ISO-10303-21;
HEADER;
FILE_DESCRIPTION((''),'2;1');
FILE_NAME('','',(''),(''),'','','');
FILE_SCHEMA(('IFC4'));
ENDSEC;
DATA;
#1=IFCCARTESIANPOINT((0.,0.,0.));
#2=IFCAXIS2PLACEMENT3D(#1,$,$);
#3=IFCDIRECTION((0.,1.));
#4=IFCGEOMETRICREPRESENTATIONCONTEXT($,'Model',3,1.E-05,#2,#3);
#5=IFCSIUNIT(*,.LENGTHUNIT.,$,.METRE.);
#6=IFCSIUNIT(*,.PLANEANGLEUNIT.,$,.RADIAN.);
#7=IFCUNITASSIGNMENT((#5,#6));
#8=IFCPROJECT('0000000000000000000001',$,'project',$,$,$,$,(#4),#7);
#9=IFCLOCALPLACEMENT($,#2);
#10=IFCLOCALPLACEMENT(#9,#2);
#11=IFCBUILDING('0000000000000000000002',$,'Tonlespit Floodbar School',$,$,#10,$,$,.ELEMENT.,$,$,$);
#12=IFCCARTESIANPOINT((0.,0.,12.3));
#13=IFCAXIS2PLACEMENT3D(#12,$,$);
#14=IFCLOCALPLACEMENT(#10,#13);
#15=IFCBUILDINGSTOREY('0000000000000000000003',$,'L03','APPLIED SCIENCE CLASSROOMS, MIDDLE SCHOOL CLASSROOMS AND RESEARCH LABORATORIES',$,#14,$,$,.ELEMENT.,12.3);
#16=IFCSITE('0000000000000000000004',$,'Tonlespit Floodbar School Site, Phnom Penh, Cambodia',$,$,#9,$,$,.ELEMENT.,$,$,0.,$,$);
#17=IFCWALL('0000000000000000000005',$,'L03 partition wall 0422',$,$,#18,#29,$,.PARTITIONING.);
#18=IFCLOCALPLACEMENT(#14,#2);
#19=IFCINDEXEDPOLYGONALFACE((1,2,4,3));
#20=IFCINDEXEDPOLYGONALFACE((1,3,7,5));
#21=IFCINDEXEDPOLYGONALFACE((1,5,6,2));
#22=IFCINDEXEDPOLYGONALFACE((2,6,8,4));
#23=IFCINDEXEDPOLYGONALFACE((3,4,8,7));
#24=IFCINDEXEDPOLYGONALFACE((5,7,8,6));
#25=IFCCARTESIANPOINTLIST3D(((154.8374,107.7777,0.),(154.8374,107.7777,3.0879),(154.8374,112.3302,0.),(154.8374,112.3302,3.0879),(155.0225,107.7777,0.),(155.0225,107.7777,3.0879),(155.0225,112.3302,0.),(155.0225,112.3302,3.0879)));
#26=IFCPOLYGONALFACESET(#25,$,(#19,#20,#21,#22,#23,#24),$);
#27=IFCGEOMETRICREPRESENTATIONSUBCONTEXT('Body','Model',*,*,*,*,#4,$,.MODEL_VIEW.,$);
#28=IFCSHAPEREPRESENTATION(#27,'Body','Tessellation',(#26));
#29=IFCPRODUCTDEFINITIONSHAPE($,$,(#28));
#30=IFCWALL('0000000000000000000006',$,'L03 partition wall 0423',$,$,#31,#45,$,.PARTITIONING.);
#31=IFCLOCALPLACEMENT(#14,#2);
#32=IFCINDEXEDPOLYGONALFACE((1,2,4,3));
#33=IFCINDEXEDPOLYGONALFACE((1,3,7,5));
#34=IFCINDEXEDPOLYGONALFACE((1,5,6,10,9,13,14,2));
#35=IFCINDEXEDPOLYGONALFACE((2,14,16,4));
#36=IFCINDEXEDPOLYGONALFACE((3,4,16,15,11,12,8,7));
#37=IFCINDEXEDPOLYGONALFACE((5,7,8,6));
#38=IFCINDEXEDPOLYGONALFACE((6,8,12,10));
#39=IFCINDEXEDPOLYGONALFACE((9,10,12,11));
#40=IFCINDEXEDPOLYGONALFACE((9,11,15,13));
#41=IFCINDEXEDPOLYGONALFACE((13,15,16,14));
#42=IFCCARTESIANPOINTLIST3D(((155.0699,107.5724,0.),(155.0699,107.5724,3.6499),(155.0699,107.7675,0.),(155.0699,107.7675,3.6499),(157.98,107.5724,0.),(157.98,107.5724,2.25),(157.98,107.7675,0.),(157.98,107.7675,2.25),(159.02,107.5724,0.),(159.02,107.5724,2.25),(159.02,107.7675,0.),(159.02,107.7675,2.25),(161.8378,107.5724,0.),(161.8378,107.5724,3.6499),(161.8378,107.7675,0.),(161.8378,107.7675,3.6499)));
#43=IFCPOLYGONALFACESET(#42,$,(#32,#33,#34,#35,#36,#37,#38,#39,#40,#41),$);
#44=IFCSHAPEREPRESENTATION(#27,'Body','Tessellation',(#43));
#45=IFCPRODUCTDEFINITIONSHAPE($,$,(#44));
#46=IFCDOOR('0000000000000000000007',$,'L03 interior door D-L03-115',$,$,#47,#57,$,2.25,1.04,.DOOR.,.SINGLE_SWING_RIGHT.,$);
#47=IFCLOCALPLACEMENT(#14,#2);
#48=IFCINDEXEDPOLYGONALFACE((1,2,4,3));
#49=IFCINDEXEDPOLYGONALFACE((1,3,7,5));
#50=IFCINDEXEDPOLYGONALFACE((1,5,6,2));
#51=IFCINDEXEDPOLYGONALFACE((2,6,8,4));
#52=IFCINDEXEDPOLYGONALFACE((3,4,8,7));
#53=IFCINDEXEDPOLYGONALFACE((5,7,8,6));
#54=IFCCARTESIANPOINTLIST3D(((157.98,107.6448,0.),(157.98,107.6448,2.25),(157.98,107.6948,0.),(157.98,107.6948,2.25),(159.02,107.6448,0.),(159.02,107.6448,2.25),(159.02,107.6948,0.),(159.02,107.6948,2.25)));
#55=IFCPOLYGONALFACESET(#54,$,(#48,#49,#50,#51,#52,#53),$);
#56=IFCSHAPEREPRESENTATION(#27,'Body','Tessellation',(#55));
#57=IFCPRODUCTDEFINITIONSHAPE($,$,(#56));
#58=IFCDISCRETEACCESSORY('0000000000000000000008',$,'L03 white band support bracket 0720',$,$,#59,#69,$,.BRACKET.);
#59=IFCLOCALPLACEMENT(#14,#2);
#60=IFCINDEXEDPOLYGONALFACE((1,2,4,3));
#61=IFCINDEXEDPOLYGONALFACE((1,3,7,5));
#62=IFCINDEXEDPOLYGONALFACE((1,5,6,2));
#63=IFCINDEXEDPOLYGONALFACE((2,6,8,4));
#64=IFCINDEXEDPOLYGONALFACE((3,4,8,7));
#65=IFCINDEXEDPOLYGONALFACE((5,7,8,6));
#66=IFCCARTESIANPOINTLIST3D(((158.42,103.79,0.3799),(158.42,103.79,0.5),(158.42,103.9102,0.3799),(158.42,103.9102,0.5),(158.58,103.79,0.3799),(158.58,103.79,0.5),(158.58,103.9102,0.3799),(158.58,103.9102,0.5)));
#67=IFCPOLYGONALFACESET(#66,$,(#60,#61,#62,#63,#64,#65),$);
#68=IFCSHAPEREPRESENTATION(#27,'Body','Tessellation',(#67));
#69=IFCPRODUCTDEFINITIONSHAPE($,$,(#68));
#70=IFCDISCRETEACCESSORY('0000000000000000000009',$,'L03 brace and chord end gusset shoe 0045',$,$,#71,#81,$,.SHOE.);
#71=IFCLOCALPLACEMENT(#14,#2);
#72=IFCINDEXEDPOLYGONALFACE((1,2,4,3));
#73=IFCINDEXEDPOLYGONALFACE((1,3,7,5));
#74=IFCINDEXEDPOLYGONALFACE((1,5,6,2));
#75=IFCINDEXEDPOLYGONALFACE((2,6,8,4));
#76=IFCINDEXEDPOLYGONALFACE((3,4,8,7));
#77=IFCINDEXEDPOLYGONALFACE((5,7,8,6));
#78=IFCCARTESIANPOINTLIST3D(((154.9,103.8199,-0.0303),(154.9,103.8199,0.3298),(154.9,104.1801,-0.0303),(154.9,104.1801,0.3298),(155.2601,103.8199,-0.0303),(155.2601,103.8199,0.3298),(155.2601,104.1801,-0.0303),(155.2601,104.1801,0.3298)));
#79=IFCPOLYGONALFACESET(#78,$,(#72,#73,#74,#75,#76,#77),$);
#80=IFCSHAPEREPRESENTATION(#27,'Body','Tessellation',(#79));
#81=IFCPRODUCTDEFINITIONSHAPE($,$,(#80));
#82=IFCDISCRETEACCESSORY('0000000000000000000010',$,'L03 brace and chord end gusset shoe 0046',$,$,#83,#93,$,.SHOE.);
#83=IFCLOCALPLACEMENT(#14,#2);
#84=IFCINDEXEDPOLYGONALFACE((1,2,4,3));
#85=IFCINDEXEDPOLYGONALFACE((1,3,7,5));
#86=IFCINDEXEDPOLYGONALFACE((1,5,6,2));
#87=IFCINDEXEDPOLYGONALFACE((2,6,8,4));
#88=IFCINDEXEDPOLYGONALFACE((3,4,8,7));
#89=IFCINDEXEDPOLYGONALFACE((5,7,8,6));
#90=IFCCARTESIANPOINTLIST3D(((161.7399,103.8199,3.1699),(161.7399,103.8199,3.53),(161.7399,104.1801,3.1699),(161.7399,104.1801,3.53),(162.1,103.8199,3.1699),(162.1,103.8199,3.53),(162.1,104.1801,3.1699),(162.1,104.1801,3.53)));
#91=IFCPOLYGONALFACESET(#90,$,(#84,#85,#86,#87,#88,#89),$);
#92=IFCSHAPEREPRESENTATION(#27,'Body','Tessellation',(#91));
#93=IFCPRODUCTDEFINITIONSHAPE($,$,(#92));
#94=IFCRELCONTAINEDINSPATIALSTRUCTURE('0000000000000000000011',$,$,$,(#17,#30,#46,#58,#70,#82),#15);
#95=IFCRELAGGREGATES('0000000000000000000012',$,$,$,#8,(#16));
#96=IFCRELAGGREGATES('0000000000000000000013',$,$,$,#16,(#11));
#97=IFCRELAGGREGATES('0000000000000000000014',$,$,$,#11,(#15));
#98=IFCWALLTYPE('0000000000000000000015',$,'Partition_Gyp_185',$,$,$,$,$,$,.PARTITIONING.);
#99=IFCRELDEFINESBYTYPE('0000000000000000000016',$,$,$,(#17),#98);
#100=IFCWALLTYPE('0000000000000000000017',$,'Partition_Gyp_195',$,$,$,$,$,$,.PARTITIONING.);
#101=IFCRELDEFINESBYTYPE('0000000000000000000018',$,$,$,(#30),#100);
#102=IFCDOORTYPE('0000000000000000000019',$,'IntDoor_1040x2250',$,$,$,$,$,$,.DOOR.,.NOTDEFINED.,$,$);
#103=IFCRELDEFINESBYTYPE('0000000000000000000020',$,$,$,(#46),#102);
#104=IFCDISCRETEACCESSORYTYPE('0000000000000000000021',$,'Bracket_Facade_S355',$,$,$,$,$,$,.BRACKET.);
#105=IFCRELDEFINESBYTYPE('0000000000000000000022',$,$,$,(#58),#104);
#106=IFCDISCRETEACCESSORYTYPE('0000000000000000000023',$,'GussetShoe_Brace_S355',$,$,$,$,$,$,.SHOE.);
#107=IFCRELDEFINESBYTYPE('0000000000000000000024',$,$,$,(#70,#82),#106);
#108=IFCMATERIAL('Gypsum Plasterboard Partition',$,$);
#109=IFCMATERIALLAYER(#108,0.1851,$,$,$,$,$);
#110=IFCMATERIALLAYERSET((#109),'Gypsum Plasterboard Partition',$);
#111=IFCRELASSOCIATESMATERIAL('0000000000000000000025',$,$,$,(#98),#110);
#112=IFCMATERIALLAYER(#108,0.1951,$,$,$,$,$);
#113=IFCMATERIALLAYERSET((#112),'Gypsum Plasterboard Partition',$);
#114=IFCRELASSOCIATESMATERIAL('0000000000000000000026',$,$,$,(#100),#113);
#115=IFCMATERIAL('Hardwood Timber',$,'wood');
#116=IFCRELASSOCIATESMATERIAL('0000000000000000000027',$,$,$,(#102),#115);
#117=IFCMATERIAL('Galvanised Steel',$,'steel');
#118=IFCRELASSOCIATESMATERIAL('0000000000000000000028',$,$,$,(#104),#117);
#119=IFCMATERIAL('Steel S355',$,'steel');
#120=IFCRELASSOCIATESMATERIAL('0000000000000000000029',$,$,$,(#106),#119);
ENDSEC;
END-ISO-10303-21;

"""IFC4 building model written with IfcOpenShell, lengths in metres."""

from ifc_helpers import new_model, si_unit, direction, frame, frame_2d, origin, origin_2d, place, context, subcontext, project, spatial, rectangle, extrude, material, layer, layer_set, type_object, element, fill, save


model = new_model("IFC4")

# Units and contexts
model_context = context("Model", 3, precision=1e-05, world=origin(), true_north=direction((0.0, 1.0)))
body_context = subcontext(model_context, "Body", "Model", "MODEL_VIEW")
ifc_project = project(units=[si_unit("LENGTHUNIT", "METRE"), si_unit("PLANEANGLEUNIT", "RADIAN")], contexts=[model_context])

# Site, building, storey
site_placement = place(None, origin())
site = spatial("IfcSite", under=ifc_project, at=site_placement, Name="Tonlespit Floodbar School Site, Phnom Penh, Cambodia", CompositionType="ELEMENT", RefElevation=0.0)
building_placement = place(site_placement, origin())
building = spatial("IfcBuilding", under=site, at=building_placement, Name="Tonlespit Floodbar School", CompositionType="ELEMENT")
storey_placement = place(building_placement, frame((0.0, 0.0, 12.3)))
storey = spatial("IfcBuildingStorey", under=building, at=storey_placement, Name="L03", Description="APPLIED SCIENCE CLASSROOMS, MIDDLE SCHOOL CLASSROOMS AND RESEARCH LABORATORIES", CompositionType="ELEMENT", Elevation=12.3)

# Shared definitions
ifc_material_1 = material(Name="Steel S355", Category="steel")

# Shared definitions
ifc_material_2 = material(Name="Gypsum Plasterboard Partition")

# Shared definitions
ifc_material_3 = material(Name="Hardwood Timber", Category="wood")

# Wall
ifc_layer_1 = layer(ifc_material_2, 0.1851)
ifc_layer_set_1 = layer_set([ifc_layer_1], Name="Gypsum Plasterboard Partition")
wall_type_1 = type_object("IfcWallType", Name="Partition_Gyp_185", PredefinedType="PARTITIONING", material=ifc_layer_set_1)
wall_1_placement = place(storey_placement, frame((154.9299, 107.7776, 0.0), z_axis=(0.0, 0.0, 1.0), x_axis=(0.0, 1.0, 0.0)))
element("IfcWall", 1, at=wall_1_placement, inside=storey, type_object=wall_type_1, Name="L03 partition wall 0422", PredefinedType="PARTITIONING", context=body_context, shape_type="SweptSolid", body=[
    extrude(rectangle(XDim=4.5525, YDim=0.1851, at=frame_2d((2.2764, 0.0))), origin(), (0.0, 0.0, 1.0), 3.0879),
])

# Wall, opening, door
ifc_layer_2 = layer(ifc_material_2, 0.1951)
ifc_layer_set_2 = layer_set([ifc_layer_2], Name="Gypsum Plasterboard Partition")
wall_type_2 = type_object("IfcWallType", Name="Partition_Gyp_195", PredefinedType="PARTITIONING", material=ifc_layer_set_2)
wall_2_placement = place(storey_placement, frame((155.0701, 107.6699, 0.0), z_axis=(0.0, 0.0, 1.0), x_axis=(1.0, 0.0, 0.0)))
wall_2 = element("IfcWall", 2, at=wall_2_placement, inside=storey, type_object=wall_type_2, Name="L03 partition wall 0423", PredefinedType="PARTITIONING", context=body_context, shape_type="SweptSolid", body=[
    extrude(rectangle(XDim=6.7678, YDim=0.1951, at=frame_2d((3.3838, 0.0))), origin(), (0.0, 0.0, 1.0), 3.6499),
])
opening_1_placement = place(wall_2_placement, frame((2.9099, 0.0, 0.0)))
opening_1 = element("IfcOpeningElement", 3, at=opening_1_placement, cuts=wall_2, PredefinedType="OPENING", context=body_context, shape_type="SweptSolid", body=[
    extrude(rectangle(XDim=1.04, YDim=2.25, at=frame_2d((0.52, 1.125))), frame((0.0, 0.1074, 0.0), z_axis=(0.0, -1.0, 0.0), x_axis=(1.0, 0.0, 0.0)), (0.0, 0.0, 1.0), 0.2151),
])
door_type_1 = type_object("IfcDoorType", Name="IntDoor_1040x2250", OperationType="NOTDEFINED", PredefinedType="DOOR", material=ifc_material_3)
door_1_placement = place(opening_1_placement, origin())
door_1 = element("IfcDoor", 4, at=door_1_placement, inside=storey, type_object=door_type_1, Name="L03 interior door D-L03-115", OperationType="SINGLE_SWING_RIGHT", OverallHeight=2.25, OverallWidth=1.04, PredefinedType="DOOR", context=body_context, shape_type="SweptSolid", body=[
    extrude(rectangle(XDim=1.04, YDim=2.25, at=frame_2d((0.52, 1.125))), frame((0.0, 0.0249, 0.0), z_axis=(0.0, -1.0, 0.0), x_axis=(1.0, 0.0, 0.0)), (0.0, 0.0, 1.0), 0.05),
])
fill(opening_1, door_1)

# Discrete accessories
ifc_material_4 = material(Name="Galvanised Steel", Category="steel")
discrete_accessory_type_1 = type_object("IfcDiscreteAccessoryType", Name="Bracket_Facade_S355", PredefinedType="BRACKET", material=ifc_material_4)
discrete_accessory_placement = place(storey_placement, frame((158.5, 103.8501, 0.3799), z_axis=(0.0, 0.0, 1.0), x_axis=(-1.0, 0.0, 0.0)))
element("IfcDiscreteAccessory", 5, at=discrete_accessory_placement, inside=storey, type_object=discrete_accessory_type_1, Name="L03 white band support bracket 0720", PredefinedType="BRACKET", context=body_context, shape_type="SweptSolid", body=[
    extrude(rectangle(XDim=0.1599, YDim=0.1201, at=origin_2d()), origin(), (0.0, 0.0, 1.0), 0.1201),
])
discrete_accessory_type_2 = type_object("IfcDiscreteAccessoryType", Name="GussetShoe_Brace_S355", PredefinedType="SHOE", material=ifc_material_1)
for number, where, z_axis, x_axis, name in (
    (6, (155.0801, 104.0, -0.0303), (0.0, 0.0, 1.0), (1.0, 0.0, 0.0), "L03 brace and chord end gusset shoe 0045"),
    (7, (161.9199, 104.0, 3.1699), (0.0, 0.0, 1.0), (1.0, 0.0, 0.0), "L03 brace and chord end gusset shoe 0046"),
):
    element("IfcDiscreteAccessory", number, at=place(storey_placement, frame(where, z_axis=z_axis, x_axis=x_axis)), inside=storey, type_object=discrete_accessory_type_2, Name=name, PredefinedType="SHOE", context=body_context, shape_type="SweptSolid", body=[
        extrude(rectangle(XDim=0.3601, YDim=0.3601, at=origin_2d()), origin(), (0.0, 0.0, 1.0), 0.3601),
    ])

save(model, "model.ifc")
